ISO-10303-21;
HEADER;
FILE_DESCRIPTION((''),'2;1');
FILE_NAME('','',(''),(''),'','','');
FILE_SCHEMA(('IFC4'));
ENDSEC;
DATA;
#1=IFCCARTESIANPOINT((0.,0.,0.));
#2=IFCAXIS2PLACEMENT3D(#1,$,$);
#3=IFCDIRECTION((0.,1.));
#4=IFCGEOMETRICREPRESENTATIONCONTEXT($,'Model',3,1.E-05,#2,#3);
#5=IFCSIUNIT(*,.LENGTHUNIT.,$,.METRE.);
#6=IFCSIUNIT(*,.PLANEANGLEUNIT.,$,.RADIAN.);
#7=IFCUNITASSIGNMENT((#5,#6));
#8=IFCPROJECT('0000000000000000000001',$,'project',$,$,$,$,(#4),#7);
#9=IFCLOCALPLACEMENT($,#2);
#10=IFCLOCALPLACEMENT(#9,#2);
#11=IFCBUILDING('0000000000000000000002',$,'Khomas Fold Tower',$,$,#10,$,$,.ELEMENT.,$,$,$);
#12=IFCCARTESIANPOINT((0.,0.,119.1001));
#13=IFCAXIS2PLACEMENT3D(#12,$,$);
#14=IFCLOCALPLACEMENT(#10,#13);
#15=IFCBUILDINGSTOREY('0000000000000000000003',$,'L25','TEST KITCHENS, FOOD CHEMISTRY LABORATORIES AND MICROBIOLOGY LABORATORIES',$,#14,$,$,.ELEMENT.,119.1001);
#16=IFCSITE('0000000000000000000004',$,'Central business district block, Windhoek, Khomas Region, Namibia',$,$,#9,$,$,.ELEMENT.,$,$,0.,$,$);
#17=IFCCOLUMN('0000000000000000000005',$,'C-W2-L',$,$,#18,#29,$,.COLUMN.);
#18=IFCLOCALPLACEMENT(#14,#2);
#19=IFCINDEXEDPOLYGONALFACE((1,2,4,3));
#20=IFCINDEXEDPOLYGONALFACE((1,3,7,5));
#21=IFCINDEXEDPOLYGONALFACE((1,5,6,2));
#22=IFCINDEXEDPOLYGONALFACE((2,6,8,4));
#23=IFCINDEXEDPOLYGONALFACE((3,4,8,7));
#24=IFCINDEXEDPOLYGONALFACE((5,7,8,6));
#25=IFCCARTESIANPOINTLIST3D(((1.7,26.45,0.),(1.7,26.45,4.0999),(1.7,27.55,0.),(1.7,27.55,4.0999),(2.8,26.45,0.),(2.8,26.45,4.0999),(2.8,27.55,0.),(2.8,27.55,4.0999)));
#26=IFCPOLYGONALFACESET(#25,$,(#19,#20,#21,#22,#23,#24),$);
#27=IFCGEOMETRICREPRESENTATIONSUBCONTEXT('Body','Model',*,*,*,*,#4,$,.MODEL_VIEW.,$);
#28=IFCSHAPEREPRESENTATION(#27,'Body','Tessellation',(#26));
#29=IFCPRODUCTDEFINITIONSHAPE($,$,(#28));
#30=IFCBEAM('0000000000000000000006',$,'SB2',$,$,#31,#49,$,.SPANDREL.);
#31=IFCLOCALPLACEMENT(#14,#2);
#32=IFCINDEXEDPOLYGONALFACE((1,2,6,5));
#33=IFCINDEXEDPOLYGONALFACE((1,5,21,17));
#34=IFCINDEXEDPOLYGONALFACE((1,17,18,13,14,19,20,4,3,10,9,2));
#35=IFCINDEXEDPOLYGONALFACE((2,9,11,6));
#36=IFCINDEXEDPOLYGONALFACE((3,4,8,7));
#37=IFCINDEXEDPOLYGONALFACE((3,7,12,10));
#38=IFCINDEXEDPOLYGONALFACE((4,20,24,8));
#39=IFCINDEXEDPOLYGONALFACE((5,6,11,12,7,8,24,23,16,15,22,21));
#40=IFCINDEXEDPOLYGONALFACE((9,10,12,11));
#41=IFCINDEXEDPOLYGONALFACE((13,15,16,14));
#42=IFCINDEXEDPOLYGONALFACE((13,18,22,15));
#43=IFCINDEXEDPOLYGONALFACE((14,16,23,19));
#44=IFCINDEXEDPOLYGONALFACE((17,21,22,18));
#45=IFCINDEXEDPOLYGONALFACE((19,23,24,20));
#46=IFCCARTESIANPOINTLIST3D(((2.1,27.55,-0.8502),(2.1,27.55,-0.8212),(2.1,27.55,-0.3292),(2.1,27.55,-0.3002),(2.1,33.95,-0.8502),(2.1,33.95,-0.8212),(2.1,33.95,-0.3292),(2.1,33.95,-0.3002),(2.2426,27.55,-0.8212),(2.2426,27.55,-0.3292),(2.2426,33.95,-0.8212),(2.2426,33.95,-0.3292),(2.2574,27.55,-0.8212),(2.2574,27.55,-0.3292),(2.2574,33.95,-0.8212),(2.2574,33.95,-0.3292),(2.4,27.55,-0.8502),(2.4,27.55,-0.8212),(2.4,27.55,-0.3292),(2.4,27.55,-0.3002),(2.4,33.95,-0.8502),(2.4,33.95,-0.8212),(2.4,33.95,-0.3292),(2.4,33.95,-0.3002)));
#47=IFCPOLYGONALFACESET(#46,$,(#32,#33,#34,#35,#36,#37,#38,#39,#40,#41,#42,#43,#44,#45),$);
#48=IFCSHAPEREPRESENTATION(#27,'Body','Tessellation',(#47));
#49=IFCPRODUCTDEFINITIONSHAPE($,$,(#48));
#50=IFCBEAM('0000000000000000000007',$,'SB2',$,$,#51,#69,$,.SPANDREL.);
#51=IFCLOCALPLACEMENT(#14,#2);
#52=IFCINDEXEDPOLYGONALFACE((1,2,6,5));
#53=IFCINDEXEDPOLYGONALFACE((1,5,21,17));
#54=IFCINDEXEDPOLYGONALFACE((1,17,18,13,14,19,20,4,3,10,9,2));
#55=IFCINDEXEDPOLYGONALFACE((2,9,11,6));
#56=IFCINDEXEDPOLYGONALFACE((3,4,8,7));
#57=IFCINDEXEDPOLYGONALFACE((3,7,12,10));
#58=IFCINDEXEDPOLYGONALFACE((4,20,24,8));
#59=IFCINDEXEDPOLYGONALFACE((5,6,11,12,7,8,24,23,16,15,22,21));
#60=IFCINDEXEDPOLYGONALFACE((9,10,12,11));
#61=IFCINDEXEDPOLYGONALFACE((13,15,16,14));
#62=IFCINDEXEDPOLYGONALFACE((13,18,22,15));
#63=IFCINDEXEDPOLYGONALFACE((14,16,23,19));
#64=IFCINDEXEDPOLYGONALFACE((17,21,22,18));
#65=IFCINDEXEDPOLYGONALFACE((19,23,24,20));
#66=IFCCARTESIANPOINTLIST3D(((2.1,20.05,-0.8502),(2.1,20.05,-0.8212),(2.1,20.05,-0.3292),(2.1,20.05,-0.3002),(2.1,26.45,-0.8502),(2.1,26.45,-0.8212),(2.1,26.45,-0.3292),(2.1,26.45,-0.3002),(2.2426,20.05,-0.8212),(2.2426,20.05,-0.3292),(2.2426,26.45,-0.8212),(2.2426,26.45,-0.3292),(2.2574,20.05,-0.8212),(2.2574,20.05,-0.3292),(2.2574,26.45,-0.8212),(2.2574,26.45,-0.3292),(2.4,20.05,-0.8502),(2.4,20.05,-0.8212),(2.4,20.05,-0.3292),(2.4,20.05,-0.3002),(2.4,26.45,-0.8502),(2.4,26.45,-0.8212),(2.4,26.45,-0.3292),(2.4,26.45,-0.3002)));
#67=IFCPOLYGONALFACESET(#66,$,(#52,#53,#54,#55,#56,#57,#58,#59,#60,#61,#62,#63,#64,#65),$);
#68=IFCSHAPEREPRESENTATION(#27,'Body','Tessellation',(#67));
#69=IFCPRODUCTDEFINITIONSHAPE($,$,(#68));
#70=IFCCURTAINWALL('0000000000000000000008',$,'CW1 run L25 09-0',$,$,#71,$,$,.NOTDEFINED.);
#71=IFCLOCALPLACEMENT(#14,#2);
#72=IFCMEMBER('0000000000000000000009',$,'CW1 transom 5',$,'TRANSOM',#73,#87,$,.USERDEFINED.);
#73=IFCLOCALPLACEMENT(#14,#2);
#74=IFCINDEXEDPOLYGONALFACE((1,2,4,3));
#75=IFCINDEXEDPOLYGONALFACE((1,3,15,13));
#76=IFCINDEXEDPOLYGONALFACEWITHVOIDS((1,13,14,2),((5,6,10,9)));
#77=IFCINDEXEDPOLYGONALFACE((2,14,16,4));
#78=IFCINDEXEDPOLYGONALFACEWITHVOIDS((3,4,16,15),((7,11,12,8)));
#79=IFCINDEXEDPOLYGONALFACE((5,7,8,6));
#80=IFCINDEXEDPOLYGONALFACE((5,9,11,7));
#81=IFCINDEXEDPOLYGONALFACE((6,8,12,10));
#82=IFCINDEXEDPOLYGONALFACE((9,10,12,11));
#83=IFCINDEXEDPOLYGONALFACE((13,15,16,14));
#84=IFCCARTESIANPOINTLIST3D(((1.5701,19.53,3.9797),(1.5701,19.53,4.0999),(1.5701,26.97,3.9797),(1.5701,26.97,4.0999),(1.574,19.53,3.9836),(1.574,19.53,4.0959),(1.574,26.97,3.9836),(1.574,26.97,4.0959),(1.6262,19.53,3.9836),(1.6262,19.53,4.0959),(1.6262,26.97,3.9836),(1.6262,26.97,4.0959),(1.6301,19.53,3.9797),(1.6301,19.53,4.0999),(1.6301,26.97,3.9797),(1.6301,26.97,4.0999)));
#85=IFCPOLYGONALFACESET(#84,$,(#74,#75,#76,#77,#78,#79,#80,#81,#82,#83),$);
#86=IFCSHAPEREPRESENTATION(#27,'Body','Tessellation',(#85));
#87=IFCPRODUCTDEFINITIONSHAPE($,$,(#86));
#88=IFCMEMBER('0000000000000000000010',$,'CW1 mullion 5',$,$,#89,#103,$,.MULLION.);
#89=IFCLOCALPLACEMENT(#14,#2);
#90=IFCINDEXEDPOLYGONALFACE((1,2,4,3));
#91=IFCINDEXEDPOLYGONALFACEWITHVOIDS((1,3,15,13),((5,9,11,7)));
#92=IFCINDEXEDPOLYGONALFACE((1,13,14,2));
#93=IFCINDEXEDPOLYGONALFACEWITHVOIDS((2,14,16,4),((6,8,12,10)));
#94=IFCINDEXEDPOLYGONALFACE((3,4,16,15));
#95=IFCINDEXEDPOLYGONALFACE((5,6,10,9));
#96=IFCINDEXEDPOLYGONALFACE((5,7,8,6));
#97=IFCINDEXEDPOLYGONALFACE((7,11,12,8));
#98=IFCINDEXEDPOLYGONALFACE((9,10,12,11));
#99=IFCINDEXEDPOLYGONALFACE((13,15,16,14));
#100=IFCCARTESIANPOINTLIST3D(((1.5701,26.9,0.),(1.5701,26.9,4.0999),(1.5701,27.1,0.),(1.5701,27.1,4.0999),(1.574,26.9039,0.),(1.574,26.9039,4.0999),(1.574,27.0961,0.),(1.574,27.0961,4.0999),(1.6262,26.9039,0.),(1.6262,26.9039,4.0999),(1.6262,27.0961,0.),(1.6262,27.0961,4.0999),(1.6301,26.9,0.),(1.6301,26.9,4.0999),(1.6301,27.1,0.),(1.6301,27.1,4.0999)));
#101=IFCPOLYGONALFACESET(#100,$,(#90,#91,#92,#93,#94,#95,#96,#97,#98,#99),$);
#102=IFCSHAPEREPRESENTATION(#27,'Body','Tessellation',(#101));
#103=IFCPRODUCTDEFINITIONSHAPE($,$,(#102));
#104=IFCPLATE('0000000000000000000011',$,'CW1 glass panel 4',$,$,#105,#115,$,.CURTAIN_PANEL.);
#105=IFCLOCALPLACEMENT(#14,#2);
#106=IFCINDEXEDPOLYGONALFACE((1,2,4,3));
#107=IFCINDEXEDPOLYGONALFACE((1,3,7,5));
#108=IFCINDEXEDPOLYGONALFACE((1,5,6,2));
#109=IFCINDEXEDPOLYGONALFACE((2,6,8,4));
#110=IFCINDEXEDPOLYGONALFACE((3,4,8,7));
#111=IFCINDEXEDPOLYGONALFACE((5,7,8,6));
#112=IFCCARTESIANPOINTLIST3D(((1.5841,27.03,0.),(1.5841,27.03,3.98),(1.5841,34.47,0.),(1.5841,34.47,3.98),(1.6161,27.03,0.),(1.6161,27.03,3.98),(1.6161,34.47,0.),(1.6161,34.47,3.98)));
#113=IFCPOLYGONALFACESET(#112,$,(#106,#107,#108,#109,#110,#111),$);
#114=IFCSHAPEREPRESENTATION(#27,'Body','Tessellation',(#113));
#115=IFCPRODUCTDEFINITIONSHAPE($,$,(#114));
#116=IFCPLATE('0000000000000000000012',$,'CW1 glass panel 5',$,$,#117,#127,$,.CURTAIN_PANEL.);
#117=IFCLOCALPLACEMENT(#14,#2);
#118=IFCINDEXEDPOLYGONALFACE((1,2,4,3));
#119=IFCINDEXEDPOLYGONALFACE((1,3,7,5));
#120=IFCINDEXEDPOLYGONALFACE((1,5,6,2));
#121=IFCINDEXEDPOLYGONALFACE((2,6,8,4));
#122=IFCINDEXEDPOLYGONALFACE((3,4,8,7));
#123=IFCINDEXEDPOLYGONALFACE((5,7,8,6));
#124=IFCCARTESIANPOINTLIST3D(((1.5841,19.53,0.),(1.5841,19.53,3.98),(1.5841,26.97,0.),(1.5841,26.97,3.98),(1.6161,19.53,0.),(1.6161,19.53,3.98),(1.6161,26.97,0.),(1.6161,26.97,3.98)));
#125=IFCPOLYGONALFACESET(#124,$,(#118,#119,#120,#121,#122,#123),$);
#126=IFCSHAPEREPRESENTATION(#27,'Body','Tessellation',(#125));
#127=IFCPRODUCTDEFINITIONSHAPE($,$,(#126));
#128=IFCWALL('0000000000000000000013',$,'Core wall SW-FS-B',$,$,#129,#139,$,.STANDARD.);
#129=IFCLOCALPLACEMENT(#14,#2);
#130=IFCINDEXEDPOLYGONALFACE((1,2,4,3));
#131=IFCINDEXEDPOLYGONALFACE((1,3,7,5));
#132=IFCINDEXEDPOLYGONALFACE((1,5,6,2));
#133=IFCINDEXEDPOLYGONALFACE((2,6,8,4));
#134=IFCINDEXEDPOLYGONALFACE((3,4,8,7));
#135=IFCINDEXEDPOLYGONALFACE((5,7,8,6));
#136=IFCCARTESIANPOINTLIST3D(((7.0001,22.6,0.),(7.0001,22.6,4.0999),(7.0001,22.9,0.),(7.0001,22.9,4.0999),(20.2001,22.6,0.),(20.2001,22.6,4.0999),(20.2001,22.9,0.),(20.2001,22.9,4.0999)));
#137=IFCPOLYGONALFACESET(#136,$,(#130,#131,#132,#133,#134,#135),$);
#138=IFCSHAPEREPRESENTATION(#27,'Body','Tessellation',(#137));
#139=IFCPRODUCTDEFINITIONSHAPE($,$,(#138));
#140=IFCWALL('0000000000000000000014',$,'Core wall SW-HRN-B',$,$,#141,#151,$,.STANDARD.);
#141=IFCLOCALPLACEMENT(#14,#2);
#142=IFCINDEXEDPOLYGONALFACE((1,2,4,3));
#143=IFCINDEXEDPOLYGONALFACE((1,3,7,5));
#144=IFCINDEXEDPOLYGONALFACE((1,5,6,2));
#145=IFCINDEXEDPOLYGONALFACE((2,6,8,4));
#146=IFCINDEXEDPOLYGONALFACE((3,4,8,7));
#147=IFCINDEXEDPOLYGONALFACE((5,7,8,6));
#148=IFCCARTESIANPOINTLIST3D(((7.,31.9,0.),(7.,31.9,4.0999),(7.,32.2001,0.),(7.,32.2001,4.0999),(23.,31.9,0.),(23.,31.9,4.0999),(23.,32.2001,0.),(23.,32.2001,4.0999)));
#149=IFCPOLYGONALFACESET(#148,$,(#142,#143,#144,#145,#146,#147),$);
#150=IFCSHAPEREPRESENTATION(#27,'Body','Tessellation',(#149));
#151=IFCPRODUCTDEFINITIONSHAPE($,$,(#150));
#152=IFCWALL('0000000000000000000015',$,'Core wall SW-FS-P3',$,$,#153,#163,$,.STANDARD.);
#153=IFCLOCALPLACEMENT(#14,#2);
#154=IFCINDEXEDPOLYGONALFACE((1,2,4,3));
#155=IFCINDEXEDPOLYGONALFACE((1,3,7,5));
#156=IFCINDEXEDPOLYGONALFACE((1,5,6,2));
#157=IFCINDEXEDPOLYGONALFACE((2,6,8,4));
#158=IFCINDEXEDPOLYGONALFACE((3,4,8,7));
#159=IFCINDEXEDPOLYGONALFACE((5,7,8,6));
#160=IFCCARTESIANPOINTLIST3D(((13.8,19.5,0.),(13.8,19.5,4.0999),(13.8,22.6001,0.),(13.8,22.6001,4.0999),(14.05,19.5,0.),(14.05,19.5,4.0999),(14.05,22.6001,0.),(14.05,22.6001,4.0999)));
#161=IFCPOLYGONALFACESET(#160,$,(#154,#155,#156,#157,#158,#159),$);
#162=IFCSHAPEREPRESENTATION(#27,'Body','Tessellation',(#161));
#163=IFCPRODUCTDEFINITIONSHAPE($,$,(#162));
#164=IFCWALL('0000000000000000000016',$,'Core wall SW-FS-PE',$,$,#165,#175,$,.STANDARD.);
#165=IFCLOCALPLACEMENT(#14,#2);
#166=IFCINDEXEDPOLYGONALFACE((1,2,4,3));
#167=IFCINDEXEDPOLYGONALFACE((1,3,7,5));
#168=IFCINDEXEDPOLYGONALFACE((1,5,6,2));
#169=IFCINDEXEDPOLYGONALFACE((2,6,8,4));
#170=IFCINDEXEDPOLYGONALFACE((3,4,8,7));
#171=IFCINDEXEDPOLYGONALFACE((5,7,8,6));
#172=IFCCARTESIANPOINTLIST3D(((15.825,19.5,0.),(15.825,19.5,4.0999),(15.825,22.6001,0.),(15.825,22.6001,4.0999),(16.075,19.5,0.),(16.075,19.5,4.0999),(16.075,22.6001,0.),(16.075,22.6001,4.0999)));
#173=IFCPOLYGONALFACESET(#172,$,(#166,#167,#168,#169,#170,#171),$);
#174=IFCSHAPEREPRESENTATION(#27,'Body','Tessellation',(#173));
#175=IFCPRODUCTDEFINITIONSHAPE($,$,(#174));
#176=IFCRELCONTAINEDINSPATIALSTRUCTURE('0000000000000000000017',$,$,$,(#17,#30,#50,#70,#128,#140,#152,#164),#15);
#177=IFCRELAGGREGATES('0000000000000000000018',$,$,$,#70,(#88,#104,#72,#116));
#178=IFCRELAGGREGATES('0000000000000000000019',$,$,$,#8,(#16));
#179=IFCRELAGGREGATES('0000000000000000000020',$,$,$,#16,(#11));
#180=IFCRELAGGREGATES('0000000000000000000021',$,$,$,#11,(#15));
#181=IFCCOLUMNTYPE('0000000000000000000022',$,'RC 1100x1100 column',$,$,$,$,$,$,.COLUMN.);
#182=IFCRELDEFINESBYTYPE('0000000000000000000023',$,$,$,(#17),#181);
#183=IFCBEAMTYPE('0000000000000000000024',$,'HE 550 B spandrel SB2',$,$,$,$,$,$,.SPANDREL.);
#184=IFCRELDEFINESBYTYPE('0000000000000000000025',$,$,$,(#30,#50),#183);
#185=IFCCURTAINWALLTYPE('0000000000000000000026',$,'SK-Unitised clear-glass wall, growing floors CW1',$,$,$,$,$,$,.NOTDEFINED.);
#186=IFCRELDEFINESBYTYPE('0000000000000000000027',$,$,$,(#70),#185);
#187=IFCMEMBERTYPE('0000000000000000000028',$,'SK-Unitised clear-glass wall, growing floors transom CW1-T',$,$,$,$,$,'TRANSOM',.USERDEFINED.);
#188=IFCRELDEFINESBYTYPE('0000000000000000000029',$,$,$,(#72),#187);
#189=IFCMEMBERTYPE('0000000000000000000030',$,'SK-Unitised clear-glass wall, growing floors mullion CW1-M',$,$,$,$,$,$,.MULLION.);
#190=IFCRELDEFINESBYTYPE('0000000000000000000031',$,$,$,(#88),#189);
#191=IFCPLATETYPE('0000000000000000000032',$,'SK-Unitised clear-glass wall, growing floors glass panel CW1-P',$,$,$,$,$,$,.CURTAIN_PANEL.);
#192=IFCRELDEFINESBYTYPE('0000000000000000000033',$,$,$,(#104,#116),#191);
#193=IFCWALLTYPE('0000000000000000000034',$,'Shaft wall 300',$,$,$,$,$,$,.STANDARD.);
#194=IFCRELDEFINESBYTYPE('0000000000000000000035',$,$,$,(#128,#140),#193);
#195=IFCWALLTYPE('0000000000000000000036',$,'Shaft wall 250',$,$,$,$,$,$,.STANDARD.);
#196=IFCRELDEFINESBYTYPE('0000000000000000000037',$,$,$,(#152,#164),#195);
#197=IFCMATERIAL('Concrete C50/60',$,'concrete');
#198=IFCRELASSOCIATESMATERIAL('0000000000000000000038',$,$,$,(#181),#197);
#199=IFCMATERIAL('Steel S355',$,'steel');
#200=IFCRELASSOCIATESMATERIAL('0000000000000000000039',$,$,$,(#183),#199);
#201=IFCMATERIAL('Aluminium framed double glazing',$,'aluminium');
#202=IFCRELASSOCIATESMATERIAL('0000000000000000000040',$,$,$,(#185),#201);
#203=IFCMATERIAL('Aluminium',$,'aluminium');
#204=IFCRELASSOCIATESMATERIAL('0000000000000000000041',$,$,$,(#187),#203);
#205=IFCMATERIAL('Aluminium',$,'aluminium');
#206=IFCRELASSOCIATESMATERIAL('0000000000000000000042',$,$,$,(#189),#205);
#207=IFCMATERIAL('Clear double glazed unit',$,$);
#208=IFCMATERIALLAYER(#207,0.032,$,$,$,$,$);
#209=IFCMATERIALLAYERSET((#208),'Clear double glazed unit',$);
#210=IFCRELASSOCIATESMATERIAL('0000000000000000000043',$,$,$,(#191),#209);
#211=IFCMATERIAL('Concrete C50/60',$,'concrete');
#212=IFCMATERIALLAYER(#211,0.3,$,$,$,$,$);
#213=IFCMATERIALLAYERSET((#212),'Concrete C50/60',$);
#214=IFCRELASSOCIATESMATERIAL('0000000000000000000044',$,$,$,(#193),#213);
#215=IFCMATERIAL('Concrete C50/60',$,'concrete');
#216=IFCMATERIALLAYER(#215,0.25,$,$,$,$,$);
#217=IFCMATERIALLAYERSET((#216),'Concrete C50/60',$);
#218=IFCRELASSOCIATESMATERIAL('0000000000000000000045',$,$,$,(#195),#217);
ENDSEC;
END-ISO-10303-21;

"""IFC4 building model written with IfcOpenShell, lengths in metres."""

from ifc_helpers import new_model, si_unit, direction, frame, frame_2d, origin, origin_2d, place, context, subcontext, project, spatial, rectangle, hollow_rectangle, i_section, extrude, source, transform, mapped, material, layer, layer_set, material_profile, profile_set, type_object, element, aggregate, save


model = new_model("IFC4")

# Units and contexts
model_context = context("Model", 3, precision=1e-05, world=origin(), true_north=direction((0.0, 1.0)))
body_context = subcontext(model_context, "Body", "Model", "MODEL_VIEW")
ifc_project = project(units=[si_unit("LENGTHUNIT", "METRE"), si_unit("PLANEANGLEUNIT", "RADIAN")], contexts=[model_context])

# Site, building, storey
site_placement = place(None, origin())
site = spatial("IfcSite", under=ifc_project, at=site_placement, Name="Central business district block, Windhoek, Khomas Region, Namibia", CompositionType="ELEMENT", RefElevation=0.0)
building_placement = place(site_placement, origin())
building = spatial("IfcBuilding", under=site, at=building_placement, Name="Khomas Fold Tower", CompositionType="ELEMENT")
storey_placement = place(building_placement, frame((0.0, 0.0, 119.1001)))
storey = spatial("IfcBuildingStorey", under=building, at=storey_placement, Name="L25", Description="TEST KITCHENS, FOOD CHEMISTRY LABORATORIES AND MICROBIOLOGY LABORATORIES", CompositionType="ELEMENT", Elevation=119.1001)

# Column
ifc_material_1 = material(Name="Concrete C50/60", Category="concrete")
ifc_material_profile_1 = material_profile(ifc_material_1, rectangle(XDim=1.1001, YDim=1.1001, at=origin_2d()), Name="RC 1100x1100")
ifc_profile_set_1 = profile_set([ifc_material_profile_1], Name="Concrete C50/60")
column_type = type_object("IfcColumnType", Name="RC 1100x1100 column", PredefinedType="COLUMN", material=ifc_profile_set_1)
shared_shape_1 = source(origin(), body_context, "Body", "SweptSolid", [
    extrude(rectangle(XDim=1.1001, YDim=1.1001, at=origin_2d()), origin(), (0.0, 0.0, 1.0), 4.0999),
])
column_placement = place(storey_placement, frame((2.25, 27.0, 0.0), z_axis=(0.0, 0.0, 1.0), x_axis=(1.0, 0.0, 0.0)))
element("IfcColumn", 1, at=column_placement, inside=storey, type_object=column_type, Name="C-W2-L", PredefinedType="COLUMN", context=body_context, shape_type="MappedRepresentation", body=[
    mapped(shared_shape_1, transform((0.0, 0.0, 0.0))),
])

# Beams
ifc_material_2 = material(Name="Steel S355", Category="steel")
ifc_material_profile_2 = material_profile(ifc_material_2, i_section(OverallWidth=0.3, OverallDepth=0.55, WebThickness=0.0149, FlangeThickness=0.0291, at=origin_2d()), Name="HE 550 B")
ifc_profile_set_2 = profile_set([ifc_material_profile_2], Name="Steel S355")
beam_type = type_object("IfcBeamType", Name="HE 550 B spandrel SB2", PredefinedType="SPANDREL", material=ifc_profile_set_2)
shared_shape_2 = source(origin(), body_context, "Body", "SweptSolid", [
    extrude(i_section(OverallWidth=0.3, OverallDepth=0.55, WebThickness=0.0149, FlangeThickness=0.0291, at=origin_2d()), origin(), (0.0, 0.0, 1.0), 6.3999),
])
for number, where, z_axis, x_axis, name in (
    (2, (2.25, 27.55, -0.5752), (0.0, 1.0, 0.0), (-1.0, 0.0, 0.0), "SB2"),
    (3, (2.25, 20.05, -0.5752), (0.0, 1.0, 0.0), (-1.0, 0.0, 0.0), "SB2"),
):
    element("IfcBeam", number, at=place(storey_placement, frame(where, z_axis=z_axis, x_axis=x_axis)), inside=storey, type_object=beam_type, Name=name, PredefinedType="SPANDREL", context=body_context, shape_type="MappedRepresentation", body=[
        mapped(shared_shape_2, transform((0.0, 0.0, 0.0))),
    ])

# Curtain wall, members, plates
ifc_material_3 = material(Name="Aluminium framed double glazing", Category="aluminium")
curtain_wall_type = type_object("IfcCurtainWallType", Name="SK-Unitised clear-glass wall, growing floors CW1", PredefinedType="NOTDEFINED", material=ifc_material_3)
curtain_wall_placement = place(storey_placement, origin())
curtain_wall = element("IfcCurtainWall", 4, at=curtain_wall_placement, inside=storey, type_object=curtain_wall_type, Name="CW1 run L25 09-0", PredefinedType="NOTDEFINED")
ifc_material_4 = material(Name="Aluminium", Category="aluminium")
ifc_material_profile_3 = material_profile(ifc_material_4, hollow_rectangle(XDim=0.0601, YDim=0.1201, WallThickness=0.0039, at=origin_2d()), Name="SK-Unitised clear-glass wall, growing floors transom CW1-T")
ifc_profile_set_3 = profile_set([ifc_material_profile_3], Name="Aluminium")
member_type_1 = type_object("IfcMemberType", Name="SK-Unitised clear-glass wall, growing floors transom CW1-T", ElementType="TRANSOM", PredefinedType="USERDEFINED", material=ifc_profile_set_3)
shared_shape_3 = source(origin(), body_context, "Body", "SweptSolid", [
    extrude(hollow_rectangle(XDim=0.0601, YDim=0.1201, WallThickness=0.0039, at=origin_2d()), origin(), (0.0, 0.0, 1.0), 7.4399),
])
member_1_placement = place(storey_placement, frame((1.6001, 26.97, 4.0398), z_axis=(0.0, -1.0, 0.0), x_axis=(1.0, 0.0, 0.0)))
member_1 = element("IfcMember", 5, at=member_1_placement, type_object=member_type_1, Name="CW1 transom 5", ObjectType="TRANSOM", PredefinedType="USERDEFINED", context=body_context, shape_type="MappedRepresentation", body=[
    mapped(shared_shape_3, transform((0.0, 0.0, 0.0))),
])
ifc_material_5 = material(Name="Aluminium", Category="aluminium")
ifc_material_profile_4 = material_profile(ifc_material_5, hollow_rectangle(XDim=0.0601, YDim=0.2, WallThickness=0.0039, at=origin_2d()), Name="SK-Unitised clear-glass wall, growing floors mullion CW1-M")
ifc_profile_set_4 = profile_set([ifc_material_profile_4], Name="Aluminium")
member_type_2 = type_object("IfcMemberType", Name="SK-Unitised clear-glass wall, growing floors mullion CW1-M", PredefinedType="MULLION", material=ifc_profile_set_4)
shared_shape_4 = source(origin(), body_context, "Body", "SweptSolid", [
    extrude(hollow_rectangle(XDim=0.0601, YDim=0.2, WallThickness=0.0039, at=origin_2d()), origin(), (0.0, 0.0, 1.0), 4.0999),
])
member_2_placement = place(storey_placement, frame((1.6001, 27.0, 0.0), z_axis=(0.0, 0.0, 1.0), x_axis=(1.0, 0.0, 0.0)))
member_2 = element("IfcMember", 6, at=member_2_placement, type_object=member_type_2, Name="CW1 mullion 5", PredefinedType="MULLION", context=body_context, shape_type="MappedRepresentation", body=[
    mapped(shared_shape_4, transform((0.0, 0.0, 0.0))),
])
ifc_material_6 = material(Name="Clear double glazed unit")
ifc_layer_1 = layer(ifc_material_6, 0.032)
ifc_layer_set_1 = layer_set([ifc_layer_1], Name="Clear double glazed unit")
plate_type = type_object("IfcPlateType", Name="SK-Unitised clear-glass wall, growing floors glass panel CW1-P", PredefinedType="CURTAIN_PANEL", material=ifc_layer_set_1)
shared_shape_5 = source(origin(), body_context, "Body", "SweptSolid", [
    extrude(rectangle(XDim=7.4399, YDim=0.032, at=origin_2d()), origin(), (0.0, 0.0, 1.0), 3.98),
])
plate_1_placement = place(storey_placement, frame((1.6001, 30.75, 0.0), z_axis=(0.0, 0.0, 1.0), x_axis=(0.0, -1.0, 0.0)))
plate_1 = element("IfcPlate", 7, at=plate_1_placement, type_object=plate_type, Name="CW1 glass panel 4", PredefinedType="CURTAIN_PANEL", context=body_context, shape_type="MappedRepresentation", body=[
    mapped(shared_shape_5, transform((0.0, 0.0, 0.0))),
])
plate_2_placement = place(storey_placement, frame((1.6001, 23.25, 0.0), z_axis=(0.0, 0.0, 1.0), x_axis=(0.0, -1.0, 0.0)))
plate_2 = element("IfcPlate", 8, at=plate_2_placement, type_object=plate_type, Name="CW1 glass panel 5", PredefinedType="CURTAIN_PANEL", context=body_context, shape_type="MappedRepresentation", body=[
    mapped(shared_shape_5, transform((0.0, 0.0, 0.0))),
])
aggregate(curtain_wall, [member_2, plate_1, member_1, plate_2])

# Walls
ifc_material_7 = material(Name="Concrete C50/60", Category="concrete")
ifc_layer_2 = layer(ifc_material_7, 0.3)
ifc_layer_set_2 = layer_set([ifc_layer_2], Name="Concrete C50/60")
wall_type_1 = type_object("IfcWallType", Name="Shaft wall 300", PredefinedType="STANDARD", material=ifc_layer_set_2)
shared_shape_6 = source(origin(), body_context, "Body", "SweptSolid", [
    extrude(rectangle(XDim=13.2, YDim=0.3, at=frame_2d((6.6001, 0.0))), origin(), (0.0, 0.0, 1.0), 4.0999),
])
wall_1_placement = place(storey_placement, frame((7.0, 22.75, 0.0), z_axis=(0.0, 0.0, 1.0), x_axis=(1.0, 0.0, 0.0)))
element("IfcWall", 9, at=wall_1_placement, inside=storey, type_object=wall_type_1, Name="Core wall SW-FS-B", PredefinedType="STANDARD", context=body_context, shape_type="MappedRepresentation", body=[
    mapped(shared_shape_6, transform((0.0, 0.0, 0.0))),
])
shared_shape_7 = source(origin(), body_context, "Body", "SweptSolid", [
    extrude(rectangle(XDim=16.0, YDim=0.3, at=frame_2d((8.0, 0.0))), origin(), (0.0, 0.0, 1.0), 4.0999),
])
wall_2_placement = place(storey_placement, frame((7.0, 32.05, 0.0), z_axis=(0.0, 0.0, 1.0), x_axis=(1.0, 0.0, 0.0)))
element("IfcWall", 10, at=wall_2_placement, inside=storey, type_object=wall_type_1, Name="Core wall SW-HRN-B", PredefinedType="STANDARD", context=body_context, shape_type="MappedRepresentation", body=[
    mapped(shared_shape_7, transform((0.0, 0.0, 0.0))),
])
ifc_material_8 = material(Name="Concrete C50/60", Category="concrete")
ifc_layer_3 = layer(ifc_material_8, 0.25)
ifc_layer_set_3 = layer_set([ifc_layer_3], Name="Concrete C50/60")
wall_type_2 = type_object("IfcWallType", Name="Shaft wall 250", PredefinedType="STANDARD", material=ifc_layer_set_3)
shared_shape_8 = source(origin(), body_context, "Body", "SweptSolid", [
    extrude(rectangle(XDim=3.1001, YDim=0.25, at=frame_2d((1.55, 0.0))), origin(), (0.0, 0.0, 1.0), 4.0999),
])
for number, where, z_axis, x_axis, name in (
    (11, (13.925, 19.5, 0.0), (0.0, 0.0, 1.0), (0.0, 1.0, 0.0), "Core wall SW-FS-P3"),
    (12, (15.95, 19.5, 0.0), (0.0, 0.0, 1.0), (0.0, 1.0, 0.0), "Core wall SW-FS-PE"),
):
    element("IfcWall", number, at=place(storey_placement, frame(where, z_axis=z_axis, x_axis=x_axis)), inside=storey, type_object=wall_type_2, Name=name, PredefinedType="STANDARD", context=body_context, shape_type="MappedRepresentation", body=[
        mapped(shared_shape_8, transform((0.0, 0.0, 0.0))),
    ])

save(model, "model.ifc")
